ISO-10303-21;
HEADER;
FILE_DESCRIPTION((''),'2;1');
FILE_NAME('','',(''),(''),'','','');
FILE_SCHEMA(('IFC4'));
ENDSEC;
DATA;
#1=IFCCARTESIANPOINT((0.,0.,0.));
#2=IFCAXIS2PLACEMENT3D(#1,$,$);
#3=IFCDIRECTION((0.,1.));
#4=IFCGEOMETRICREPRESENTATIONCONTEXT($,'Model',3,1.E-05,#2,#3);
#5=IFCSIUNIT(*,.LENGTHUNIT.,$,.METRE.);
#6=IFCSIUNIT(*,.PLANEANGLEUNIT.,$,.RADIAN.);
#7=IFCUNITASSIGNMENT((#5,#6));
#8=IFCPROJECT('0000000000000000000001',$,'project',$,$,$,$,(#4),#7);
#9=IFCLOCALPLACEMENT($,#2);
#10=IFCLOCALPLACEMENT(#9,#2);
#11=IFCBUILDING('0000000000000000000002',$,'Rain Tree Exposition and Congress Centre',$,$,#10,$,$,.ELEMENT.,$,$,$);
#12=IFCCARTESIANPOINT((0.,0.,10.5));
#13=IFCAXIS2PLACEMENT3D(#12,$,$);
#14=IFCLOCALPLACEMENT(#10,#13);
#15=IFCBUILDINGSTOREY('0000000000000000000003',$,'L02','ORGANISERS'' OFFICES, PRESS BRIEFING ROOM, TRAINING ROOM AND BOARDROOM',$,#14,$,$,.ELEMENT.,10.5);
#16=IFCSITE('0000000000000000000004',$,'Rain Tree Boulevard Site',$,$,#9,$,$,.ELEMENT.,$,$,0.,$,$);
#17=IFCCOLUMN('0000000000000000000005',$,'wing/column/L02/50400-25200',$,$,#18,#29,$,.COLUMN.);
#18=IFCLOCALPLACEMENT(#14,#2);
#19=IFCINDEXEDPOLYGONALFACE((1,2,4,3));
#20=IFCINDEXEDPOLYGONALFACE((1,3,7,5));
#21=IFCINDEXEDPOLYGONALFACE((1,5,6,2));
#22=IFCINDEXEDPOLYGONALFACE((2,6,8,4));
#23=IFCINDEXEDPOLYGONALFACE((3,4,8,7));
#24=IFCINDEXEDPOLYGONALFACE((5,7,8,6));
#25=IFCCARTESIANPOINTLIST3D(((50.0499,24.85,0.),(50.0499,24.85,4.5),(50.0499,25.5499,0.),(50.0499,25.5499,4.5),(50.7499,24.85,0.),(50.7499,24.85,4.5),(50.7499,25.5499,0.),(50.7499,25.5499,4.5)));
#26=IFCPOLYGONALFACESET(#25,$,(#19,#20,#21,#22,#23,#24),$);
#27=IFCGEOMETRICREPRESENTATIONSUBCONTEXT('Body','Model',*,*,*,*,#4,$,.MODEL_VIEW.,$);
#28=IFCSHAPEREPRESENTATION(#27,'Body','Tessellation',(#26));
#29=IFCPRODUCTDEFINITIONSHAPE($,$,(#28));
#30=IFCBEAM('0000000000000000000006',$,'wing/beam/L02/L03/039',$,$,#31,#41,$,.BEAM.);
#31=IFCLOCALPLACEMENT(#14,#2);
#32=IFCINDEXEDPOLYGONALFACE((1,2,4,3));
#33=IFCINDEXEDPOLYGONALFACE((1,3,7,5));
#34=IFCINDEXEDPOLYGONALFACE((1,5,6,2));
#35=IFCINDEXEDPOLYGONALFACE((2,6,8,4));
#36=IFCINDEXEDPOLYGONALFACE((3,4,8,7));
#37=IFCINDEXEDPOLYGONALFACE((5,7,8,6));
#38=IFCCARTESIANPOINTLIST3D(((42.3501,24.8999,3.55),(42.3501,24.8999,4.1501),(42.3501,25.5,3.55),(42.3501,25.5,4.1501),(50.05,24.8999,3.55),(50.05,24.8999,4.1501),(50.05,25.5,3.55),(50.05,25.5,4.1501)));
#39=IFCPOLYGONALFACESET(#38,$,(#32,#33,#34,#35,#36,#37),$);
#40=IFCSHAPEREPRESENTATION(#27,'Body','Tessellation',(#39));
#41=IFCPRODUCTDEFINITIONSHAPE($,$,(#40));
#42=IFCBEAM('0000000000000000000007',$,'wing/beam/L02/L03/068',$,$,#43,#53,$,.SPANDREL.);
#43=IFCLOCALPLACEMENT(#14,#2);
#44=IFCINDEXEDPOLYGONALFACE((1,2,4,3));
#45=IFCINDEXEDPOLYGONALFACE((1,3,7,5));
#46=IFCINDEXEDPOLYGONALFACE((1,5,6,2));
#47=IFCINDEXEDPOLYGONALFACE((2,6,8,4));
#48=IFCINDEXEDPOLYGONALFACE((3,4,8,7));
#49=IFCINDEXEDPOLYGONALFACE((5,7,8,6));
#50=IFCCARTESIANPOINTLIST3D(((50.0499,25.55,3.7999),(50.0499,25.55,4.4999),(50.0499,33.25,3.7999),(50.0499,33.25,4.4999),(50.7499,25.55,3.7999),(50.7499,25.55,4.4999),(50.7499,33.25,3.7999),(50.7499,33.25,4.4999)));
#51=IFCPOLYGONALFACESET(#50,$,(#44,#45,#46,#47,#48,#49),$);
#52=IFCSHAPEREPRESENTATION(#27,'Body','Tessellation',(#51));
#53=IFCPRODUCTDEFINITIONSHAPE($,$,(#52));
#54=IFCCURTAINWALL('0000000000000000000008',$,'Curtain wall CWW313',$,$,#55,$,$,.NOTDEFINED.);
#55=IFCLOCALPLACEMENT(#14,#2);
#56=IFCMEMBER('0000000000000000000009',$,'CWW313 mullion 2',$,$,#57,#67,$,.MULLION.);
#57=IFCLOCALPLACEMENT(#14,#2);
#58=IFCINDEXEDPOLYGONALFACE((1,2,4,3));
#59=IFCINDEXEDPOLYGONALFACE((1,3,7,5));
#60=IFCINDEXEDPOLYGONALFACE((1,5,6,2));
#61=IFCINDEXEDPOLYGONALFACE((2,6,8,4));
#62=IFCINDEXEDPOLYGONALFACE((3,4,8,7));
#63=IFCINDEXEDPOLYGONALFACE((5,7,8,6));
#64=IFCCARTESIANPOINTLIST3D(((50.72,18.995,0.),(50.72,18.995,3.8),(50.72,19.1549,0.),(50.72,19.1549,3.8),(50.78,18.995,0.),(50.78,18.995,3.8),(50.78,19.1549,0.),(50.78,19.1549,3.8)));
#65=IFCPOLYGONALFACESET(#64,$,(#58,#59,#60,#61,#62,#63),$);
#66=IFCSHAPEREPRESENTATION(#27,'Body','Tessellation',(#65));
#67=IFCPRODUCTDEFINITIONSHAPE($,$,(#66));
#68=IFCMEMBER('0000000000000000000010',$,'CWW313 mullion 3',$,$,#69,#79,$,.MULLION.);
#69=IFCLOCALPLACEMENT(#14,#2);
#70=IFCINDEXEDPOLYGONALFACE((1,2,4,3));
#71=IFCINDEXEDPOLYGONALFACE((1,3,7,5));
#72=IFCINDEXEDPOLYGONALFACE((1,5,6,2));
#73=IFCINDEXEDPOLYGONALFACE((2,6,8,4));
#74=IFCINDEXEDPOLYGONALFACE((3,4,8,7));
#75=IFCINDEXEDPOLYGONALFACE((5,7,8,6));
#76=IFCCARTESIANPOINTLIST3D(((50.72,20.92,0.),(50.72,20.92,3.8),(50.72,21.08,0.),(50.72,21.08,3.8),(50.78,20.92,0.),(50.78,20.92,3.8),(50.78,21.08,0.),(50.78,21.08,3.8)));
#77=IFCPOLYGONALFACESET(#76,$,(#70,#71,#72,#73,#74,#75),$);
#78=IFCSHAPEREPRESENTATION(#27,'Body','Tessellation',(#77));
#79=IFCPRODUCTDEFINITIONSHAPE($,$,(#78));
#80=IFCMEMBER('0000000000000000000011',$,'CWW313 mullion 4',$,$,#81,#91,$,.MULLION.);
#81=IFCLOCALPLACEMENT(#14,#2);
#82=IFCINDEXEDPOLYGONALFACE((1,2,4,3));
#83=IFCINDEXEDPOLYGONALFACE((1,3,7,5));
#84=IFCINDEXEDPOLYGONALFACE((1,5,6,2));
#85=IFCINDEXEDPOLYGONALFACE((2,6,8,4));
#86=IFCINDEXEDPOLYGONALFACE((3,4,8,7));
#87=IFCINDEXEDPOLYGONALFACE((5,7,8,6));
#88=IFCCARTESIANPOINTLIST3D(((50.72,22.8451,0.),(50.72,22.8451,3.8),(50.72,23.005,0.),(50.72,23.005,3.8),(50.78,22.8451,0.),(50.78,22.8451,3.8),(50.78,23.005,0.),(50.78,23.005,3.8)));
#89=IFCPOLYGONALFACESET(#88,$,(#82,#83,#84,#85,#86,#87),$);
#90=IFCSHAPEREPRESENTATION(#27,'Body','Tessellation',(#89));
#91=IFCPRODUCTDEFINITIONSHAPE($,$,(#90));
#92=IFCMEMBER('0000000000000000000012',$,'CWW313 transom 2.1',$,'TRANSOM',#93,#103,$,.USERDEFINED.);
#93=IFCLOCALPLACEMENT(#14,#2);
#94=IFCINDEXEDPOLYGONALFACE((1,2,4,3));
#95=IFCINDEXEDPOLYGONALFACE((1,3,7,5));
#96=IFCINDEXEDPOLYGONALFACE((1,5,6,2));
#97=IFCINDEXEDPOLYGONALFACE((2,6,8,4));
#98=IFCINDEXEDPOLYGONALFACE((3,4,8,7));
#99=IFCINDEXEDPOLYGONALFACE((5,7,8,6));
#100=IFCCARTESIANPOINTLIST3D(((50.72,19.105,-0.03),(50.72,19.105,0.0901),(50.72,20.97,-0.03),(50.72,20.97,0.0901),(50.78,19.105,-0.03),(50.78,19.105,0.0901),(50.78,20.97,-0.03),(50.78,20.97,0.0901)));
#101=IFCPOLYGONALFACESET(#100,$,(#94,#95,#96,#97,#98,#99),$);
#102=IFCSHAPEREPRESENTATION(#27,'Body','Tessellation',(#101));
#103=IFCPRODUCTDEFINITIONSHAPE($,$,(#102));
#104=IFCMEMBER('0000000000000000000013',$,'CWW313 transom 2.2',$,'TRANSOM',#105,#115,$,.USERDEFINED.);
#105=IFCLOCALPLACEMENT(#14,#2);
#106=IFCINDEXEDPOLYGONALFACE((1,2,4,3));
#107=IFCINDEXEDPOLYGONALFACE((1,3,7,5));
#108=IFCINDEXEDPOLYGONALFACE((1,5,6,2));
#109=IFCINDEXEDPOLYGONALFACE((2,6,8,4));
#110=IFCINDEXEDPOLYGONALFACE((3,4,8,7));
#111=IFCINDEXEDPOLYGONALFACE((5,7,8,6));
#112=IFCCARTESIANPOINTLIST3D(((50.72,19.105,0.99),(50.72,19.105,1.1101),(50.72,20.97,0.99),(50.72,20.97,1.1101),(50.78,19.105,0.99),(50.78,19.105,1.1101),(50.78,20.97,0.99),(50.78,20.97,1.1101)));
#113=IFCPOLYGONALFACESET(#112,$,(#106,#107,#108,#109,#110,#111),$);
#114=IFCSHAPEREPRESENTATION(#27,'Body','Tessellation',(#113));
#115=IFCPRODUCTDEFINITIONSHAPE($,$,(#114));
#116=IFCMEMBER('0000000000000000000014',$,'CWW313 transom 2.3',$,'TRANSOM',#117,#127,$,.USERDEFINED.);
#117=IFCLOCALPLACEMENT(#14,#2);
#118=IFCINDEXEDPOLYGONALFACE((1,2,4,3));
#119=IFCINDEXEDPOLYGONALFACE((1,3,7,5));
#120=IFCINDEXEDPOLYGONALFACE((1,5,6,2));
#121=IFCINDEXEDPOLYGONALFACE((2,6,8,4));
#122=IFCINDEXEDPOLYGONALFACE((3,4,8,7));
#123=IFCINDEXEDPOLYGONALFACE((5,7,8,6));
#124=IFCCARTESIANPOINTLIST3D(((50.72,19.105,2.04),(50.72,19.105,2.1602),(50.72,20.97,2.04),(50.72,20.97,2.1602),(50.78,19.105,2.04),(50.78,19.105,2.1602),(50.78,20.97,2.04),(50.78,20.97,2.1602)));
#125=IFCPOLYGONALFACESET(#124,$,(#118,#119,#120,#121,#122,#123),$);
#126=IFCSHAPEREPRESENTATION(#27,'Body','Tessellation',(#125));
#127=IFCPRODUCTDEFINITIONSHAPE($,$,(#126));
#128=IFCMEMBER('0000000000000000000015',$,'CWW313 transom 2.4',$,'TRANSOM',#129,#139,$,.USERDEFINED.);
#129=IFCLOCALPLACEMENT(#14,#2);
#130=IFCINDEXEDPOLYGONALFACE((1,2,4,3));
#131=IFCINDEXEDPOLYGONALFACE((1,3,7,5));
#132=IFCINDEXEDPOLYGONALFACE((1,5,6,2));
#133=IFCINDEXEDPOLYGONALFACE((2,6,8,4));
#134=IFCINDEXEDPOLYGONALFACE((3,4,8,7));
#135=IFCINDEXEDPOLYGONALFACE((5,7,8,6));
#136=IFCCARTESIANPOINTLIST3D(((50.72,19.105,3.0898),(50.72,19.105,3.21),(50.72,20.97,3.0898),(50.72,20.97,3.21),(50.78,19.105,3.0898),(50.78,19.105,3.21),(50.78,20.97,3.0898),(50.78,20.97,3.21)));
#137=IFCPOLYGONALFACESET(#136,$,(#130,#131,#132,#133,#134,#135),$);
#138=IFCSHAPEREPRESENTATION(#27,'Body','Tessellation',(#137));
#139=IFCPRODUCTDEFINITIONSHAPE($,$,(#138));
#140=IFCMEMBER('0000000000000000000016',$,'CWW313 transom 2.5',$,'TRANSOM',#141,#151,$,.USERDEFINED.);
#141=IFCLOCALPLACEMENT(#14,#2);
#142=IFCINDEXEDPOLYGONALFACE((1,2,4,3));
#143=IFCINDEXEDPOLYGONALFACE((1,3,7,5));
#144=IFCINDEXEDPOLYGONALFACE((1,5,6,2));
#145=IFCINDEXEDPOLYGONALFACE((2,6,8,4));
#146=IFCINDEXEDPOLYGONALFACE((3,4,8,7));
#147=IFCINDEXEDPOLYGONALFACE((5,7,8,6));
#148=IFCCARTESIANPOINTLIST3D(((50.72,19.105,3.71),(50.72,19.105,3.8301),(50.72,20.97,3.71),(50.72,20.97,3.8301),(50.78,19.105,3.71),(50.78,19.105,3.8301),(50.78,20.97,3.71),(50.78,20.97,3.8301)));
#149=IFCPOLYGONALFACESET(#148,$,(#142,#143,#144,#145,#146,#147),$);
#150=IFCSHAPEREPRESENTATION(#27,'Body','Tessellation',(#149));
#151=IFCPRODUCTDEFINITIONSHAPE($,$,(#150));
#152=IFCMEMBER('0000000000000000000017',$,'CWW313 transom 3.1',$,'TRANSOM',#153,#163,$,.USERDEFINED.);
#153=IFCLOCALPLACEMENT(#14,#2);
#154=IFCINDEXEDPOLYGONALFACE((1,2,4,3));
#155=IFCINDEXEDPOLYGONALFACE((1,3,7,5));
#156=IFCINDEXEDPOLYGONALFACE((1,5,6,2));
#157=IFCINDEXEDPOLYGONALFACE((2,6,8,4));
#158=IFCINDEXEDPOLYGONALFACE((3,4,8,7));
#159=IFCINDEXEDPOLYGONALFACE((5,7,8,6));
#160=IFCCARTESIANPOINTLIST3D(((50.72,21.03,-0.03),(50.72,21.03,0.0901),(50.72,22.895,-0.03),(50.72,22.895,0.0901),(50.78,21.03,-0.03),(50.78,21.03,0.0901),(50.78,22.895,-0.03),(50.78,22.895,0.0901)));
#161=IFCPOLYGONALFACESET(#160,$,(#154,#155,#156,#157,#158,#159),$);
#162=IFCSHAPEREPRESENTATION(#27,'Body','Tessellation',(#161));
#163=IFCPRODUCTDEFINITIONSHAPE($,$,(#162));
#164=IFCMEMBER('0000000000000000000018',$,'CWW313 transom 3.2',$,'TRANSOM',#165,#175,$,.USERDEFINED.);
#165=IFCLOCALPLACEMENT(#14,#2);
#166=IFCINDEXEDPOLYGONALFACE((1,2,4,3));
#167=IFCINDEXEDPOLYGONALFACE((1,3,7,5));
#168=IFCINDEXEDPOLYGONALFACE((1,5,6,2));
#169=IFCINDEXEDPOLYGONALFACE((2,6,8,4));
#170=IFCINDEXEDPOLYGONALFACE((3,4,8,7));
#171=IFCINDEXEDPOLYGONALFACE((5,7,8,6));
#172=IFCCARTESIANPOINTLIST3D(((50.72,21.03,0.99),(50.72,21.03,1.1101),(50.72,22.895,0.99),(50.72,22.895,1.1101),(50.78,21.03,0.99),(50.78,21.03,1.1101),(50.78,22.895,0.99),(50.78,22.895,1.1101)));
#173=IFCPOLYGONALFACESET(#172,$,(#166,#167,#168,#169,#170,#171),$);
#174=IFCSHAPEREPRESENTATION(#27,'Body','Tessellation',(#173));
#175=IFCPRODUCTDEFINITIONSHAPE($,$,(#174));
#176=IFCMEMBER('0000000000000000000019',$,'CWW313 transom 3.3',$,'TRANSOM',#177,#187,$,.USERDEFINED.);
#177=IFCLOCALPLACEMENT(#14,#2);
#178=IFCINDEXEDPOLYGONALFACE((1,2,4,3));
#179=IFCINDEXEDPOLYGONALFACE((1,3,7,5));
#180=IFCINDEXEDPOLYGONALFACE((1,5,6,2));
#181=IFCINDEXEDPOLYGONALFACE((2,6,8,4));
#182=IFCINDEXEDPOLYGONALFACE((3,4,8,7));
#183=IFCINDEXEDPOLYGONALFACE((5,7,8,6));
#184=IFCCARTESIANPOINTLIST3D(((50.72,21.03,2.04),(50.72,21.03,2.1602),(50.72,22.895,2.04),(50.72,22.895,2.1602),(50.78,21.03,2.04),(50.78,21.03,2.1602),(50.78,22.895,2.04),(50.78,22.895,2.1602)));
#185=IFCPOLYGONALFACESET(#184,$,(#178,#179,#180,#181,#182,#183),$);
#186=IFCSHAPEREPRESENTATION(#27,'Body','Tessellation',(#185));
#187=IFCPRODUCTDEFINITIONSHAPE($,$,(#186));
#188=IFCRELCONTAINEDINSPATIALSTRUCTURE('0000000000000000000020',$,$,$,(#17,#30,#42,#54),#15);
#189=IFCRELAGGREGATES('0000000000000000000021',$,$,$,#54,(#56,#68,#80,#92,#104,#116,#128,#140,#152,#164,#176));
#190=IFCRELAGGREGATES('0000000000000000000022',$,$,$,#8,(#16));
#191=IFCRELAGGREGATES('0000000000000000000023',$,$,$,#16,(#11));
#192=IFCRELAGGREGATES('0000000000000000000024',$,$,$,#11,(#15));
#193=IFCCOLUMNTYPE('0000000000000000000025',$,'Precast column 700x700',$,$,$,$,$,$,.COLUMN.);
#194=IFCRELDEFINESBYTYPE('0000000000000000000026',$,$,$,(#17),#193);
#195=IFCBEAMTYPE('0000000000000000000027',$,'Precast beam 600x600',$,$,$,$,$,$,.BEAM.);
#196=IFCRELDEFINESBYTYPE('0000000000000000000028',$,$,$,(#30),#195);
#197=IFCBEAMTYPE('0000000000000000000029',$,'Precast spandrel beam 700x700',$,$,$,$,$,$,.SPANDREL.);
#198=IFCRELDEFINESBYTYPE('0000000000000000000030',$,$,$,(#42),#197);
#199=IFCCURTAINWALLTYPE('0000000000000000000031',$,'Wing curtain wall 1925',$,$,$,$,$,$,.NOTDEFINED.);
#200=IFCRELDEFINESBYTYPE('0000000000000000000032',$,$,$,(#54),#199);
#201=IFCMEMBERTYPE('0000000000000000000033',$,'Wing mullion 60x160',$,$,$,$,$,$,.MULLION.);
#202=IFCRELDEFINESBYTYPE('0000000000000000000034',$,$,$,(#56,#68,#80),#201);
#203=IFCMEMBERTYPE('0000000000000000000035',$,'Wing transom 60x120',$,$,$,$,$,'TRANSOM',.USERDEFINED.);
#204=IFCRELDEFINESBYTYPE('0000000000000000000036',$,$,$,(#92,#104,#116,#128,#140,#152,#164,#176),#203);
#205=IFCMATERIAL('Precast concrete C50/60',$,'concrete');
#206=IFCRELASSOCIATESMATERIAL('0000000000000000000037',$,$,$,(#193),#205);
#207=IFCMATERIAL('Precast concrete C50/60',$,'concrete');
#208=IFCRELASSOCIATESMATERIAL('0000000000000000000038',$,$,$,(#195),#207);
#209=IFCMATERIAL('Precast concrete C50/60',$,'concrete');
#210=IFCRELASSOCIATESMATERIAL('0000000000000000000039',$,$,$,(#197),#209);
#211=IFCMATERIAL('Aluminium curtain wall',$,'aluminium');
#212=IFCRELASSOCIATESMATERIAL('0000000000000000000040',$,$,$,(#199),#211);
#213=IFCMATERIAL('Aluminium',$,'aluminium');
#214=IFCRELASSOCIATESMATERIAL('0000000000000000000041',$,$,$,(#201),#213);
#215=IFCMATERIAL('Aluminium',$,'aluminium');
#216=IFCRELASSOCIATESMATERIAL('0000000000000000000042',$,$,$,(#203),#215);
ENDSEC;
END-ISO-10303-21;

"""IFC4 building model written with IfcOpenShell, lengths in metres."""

from ifc_helpers import new_model, si_unit, direction, frame, origin, origin_2d, place, context, subcontext, project, spatial, rectangle, extrude, material, material_profile, profile_set, type_object, element, aggregate, save


model = new_model("IFC4")

# Units and contexts
model_context = context("Model", 3, precision=1e-05, world=origin(), true_north=direction((0.0, 1.0)))
body_context = subcontext(model_context, "Body", "Model", "MODEL_VIEW")
ifc_project = project(units=[si_unit("LENGTHUNIT", "METRE"), si_unit("PLANEANGLEUNIT", "RADIAN")], contexts=[model_context])

# Site, building, storey
site_placement = place(None, origin())
site = spatial("IfcSite", under=ifc_project, at=site_placement, Name="Rain Tree Boulevard Site", CompositionType="ELEMENT", RefElevation=0.0)
building_placement = place(site_placement, origin())
building = spatial("IfcBuilding", under=site, at=building_placement, Name="Rain Tree Exposition and Congress Centre", CompositionType="ELEMENT")
storey_placement = place(building_placement, frame((0.0, 0.0, 10.5)))
storey = spatial("IfcBuildingStorey", under=building, at=storey_placement, Name="L02", Description="ORGANISERS' OFFICES, PRESS BRIEFING ROOM, TRAINING ROOM AND BOARDROOM", CompositionType="ELEMENT", Elevation=10.5)

# Column
ifc_material_1 = material(Name="Precast concrete C50/60", Category="concrete")
ifc_material_profile_1 = material_profile(ifc_material_1, rectangle(XDim=0.7, YDim=0.7, at=origin_2d()), Name="RC 700x700")
ifc_profile_set_1 = profile_set([ifc_material_profile_1], Name="Precast concrete C50/60")
column_type = type_object("IfcColumnType", Name="Precast column 700x700", PredefinedType="COLUMN", material=ifc_profile_set_1)
column_placement = place(storey_placement, frame((50.3999, 25.2, 0.0), z_axis=(0.0, 0.0, 1.0), x_axis=(1.0, 0.0, 0.0)))
element("IfcColumn", 1, at=column_placement, inside=storey, type_object=column_type, Name="wing/column/L02/50400-25200", PredefinedType="COLUMN", context=body_context, shape_type="SweptSolid", body=[
    extrude(rectangle(XDim=0.7, YDim=0.7, at=origin_2d()), origin(), (0.0, 0.0, 1.0), 4.5),
])

# Beams
ifc_material_2 = material(Name="Precast concrete C50/60", Category="concrete")
ifc_material_profile_2 = material_profile(ifc_material_2, rectangle(XDim=0.6001, YDim=0.6001, at=origin_2d()), Name="RC 600x600")
ifc_profile_set_2 = profile_set([ifc_material_profile_2], Name="Precast concrete C50/60")
beam_type_1 = type_object("IfcBeamType", Name="Precast beam 600x600", PredefinedType="BEAM", material=ifc_profile_set_2)
beam_1_placement = place(storey_placement, frame((42.3501, 25.2, 3.8501), z_axis=(1.0, 0.0, 0.0), x_axis=(0.0, 1.0, 0.0)))
element("IfcBeam", 2, at=beam_1_placement, inside=storey, type_object=beam_type_1, Name="wing/beam/L02/L03/039", PredefinedType="BEAM", context=body_context, shape_type="SweptSolid", body=[
    extrude(rectangle(XDim=0.6001, YDim=0.6001, at=origin_2d()), origin(), (0.0, 0.0, 1.0), 7.7),
])
ifc_material_3 = material(Name="Precast concrete C50/60", Category="concrete")
ifc_material_profile_3 = material_profile(ifc_material_3, rectangle(XDim=0.7, YDim=0.7, at=origin_2d()), Name="RC 700x700")
ifc_profile_set_3 = profile_set([ifc_material_profile_3], Name="Precast concrete C50/60")
beam_type_2 = type_object("IfcBeamType", Name="Precast spandrel beam 700x700", PredefinedType="SPANDREL", material=ifc_profile_set_3)
beam_2_placement = place(storey_placement, frame((50.3999, 25.55, 4.1499), z_axis=(0.0, 1.0, 0.0), x_axis=(-1.0, 0.0, 0.0)))
element("IfcBeam", 3, at=beam_2_placement, inside=storey, type_object=beam_type_2, Name="wing/beam/L02/L03/068", PredefinedType="SPANDREL", context=body_context, shape_type="SweptSolid", body=[
    extrude(rectangle(XDim=0.7, YDim=0.7, at=origin_2d()), origin(), (0.0, 0.0, 1.0), 7.7),
])

# Curtain wall, members
ifc_material_4 = material(Name="Aluminium curtain wall", Category="aluminium")
curtain_wall_type = type_object("IfcCurtainWallType", Name="Wing curtain wall 1925", PredefinedType="NOTDEFINED", material=ifc_material_4)
curtain_wall_placement = place(storey_placement, origin())
curtain_wall = element("IfcCurtainWall", 4, at=curtain_wall_placement, inside=storey, type_object=curtain_wall_type, Name="Curtain wall CWW313", PredefinedType="NOTDEFINED")
ifc_material_5 = material(Name="Aluminium", Category="aluminium")
ifc_material_profile_4 = material_profile(ifc_material_5, rectangle(XDim=0.0601, YDim=0.1599, at=origin_2d()), Name="Aluminium 60x160")
ifc_profile_set_4 = profile_set([ifc_material_profile_4], Name="Aluminium")
member_type_1 = type_object("IfcMemberType", Name="Wing mullion 60x160", PredefinedType="MULLION", material=ifc_profile_set_4)
member_1_placement = place(storey_placement, frame((50.75, 19.075, 0.0), z_axis=(0.0, 0.0, 1.0), x_axis=(-1.0, 0.0, 0.0)))
member_1 = element("IfcMember", 5, at=member_1_placement, type_object=member_type_1, Name="CWW313 mullion 2", PredefinedType="MULLION", context=body_context, shape_type="SweptSolid", body=[
    extrude(rectangle(XDim=0.0601, YDim=0.1599, at=origin_2d()), origin(), (0.0, 0.0, 1.0), 3.8),
])
member_2_placement = place(storey_placement, frame((50.75, 21.0, 0.0), z_axis=(0.0, 0.0, 1.0), x_axis=(-1.0, 0.0, 0.0)))
member_2 = element("IfcMember", 6, at=member_2_placement, type_object=member_type_1, Name="CWW313 mullion 3", PredefinedType="MULLION", context=body_context, shape_type="SweptSolid", body=[
    extrude(rectangle(XDim=0.0601, YDim=0.1599, at=origin_2d()), origin(), (0.0, 0.0, 1.0), 3.8),
])
member_3_placement = place(storey_placement, frame((50.75, 22.925, 0.0), z_axis=(0.0, 0.0, 1.0), x_axis=(-1.0, 0.0, 0.0)))
member_3 = element("IfcMember", 7, at=member_3_placement, type_object=member_type_1, Name="CWW313 mullion 4", PredefinedType="MULLION", context=body_context, shape_type="SweptSolid", body=[
    extrude(rectangle(XDim=0.0601, YDim=0.1599, at=origin_2d()), origin(), (0.0, 0.0, 1.0), 3.8),
])
ifc_material_6 = material(Name="Aluminium", Category="aluminium")
ifc_material_profile_5 = material_profile(ifc_material_6, rectangle(XDim=0.0601, YDim=0.1201, at=origin_2d()), Name="Aluminium 60x120")
ifc_profile_set_5 = profile_set([ifc_material_profile_5], Name="Aluminium")
member_type_2 = type_object("IfcMemberType", Name="Wing transom 60x120", ElementType="TRANSOM", PredefinedType="USERDEFINED", material=ifc_profile_set_5)
member_4_placement = place(storey_placement, frame((50.75, 19.105, 0.03), z_axis=(0.0, 1.0, 0.0), x_axis=(-1.0, 0.0, 0.0)))
member_4 = element("IfcMember", 8, at=member_4_placement, type_object=member_type_2, Name="CWW313 transom 2.1", ObjectType="TRANSOM", PredefinedType="USERDEFINED", context=body_context, shape_type="SweptSolid", body=[
    extrude(rectangle(XDim=0.0601, YDim=0.1201, at=origin_2d()), origin(), (0.0, 0.0, 1.0), 1.865),
])
member_5_placement = place(storey_placement, frame((50.75, 19.105, 1.05), z_axis=(0.0, 1.0, 0.0), x_axis=(-1.0, 0.0, 0.0)))
member_5 = element("IfcMember", 9, at=member_5_placement, type_object=member_type_2, Name="CWW313 transom 2.2", ObjectType="TRANSOM", PredefinedType="USERDEFINED", context=body_context, shape_type="SweptSolid", body=[
    extrude(rectangle(XDim=0.0601, YDim=0.1201, at=origin_2d()), origin(), (0.0, 0.0, 1.0), 1.865),
])
member_6_placement = place(storey_placement, frame((50.75, 19.105, 2.1001), z_axis=(0.0, 1.0, 0.0), x_axis=(-1.0, 0.0, 0.0)))
member_6 = element("IfcMember", 10, at=member_6_placement, type_object=member_type_2, Name="CWW313 transom 2.3", ObjectType="TRANSOM", PredefinedType="USERDEFINED", context=body_context, shape_type="SweptSolid", body=[
    extrude(rectangle(XDim=0.0601, YDim=0.1201, at=origin_2d()), origin(), (0.0, 0.0, 1.0), 1.865),
])
member_7_placement = place(storey_placement, frame((50.75, 19.105, 3.1499), z_axis=(0.0, 1.0, 0.0), x_axis=(-1.0, 0.0, 0.0)))
member_7 = element("IfcMember", 11, at=member_7_placement, type_object=member_type_2, Name="CWW313 transom 2.4", ObjectType="TRANSOM", PredefinedType="USERDEFINED", context=body_context, shape_type="SweptSolid", body=[
    extrude(rectangle(XDim=0.0601, YDim=0.1201, at=origin_2d()), origin(), (0.0, 0.0, 1.0), 1.865),
])
member_8_placement = place(storey_placement, frame((50.75, 19.105, 3.77), z_axis=(0.0, 1.0, 0.0), x_axis=(-1.0, 0.0, 0.0)))
member_8 = element("IfcMember", 12, at=member_8_placement, type_object=member_type_2, Name="CWW313 transom 2.5", ObjectType="TRANSOM", PredefinedType="USERDEFINED", context=body_context, shape_type="SweptSolid", body=[
    extrude(rectangle(XDim=0.0601, YDim=0.1201, at=origin_2d()), origin(), (0.0, 0.0, 1.0), 1.865),
])
member_9_placement = place(storey_placement, frame((50.75, 21.03, 0.03), z_axis=(0.0, 1.0, 0.0), x_axis=(-1.0, 0.0, 0.0)))
member_9 = element("IfcMember", 13, at=member_9_placement, type_object=member_type_2, Name="CWW313 transom 3.1", ObjectType="TRANSOM", PredefinedType="USERDEFINED", context=body_context, shape_type="SweptSolid", body=[
    extrude(rectangle(XDim=0.0601, YDim=0.1201, at=origin_2d()), origin(), (0.0, 0.0, 1.0), 1.865),
])
member_10_placement = place(storey_placement, frame((50.75, 21.03, 1.05), z_axis=(0.0, 1.0, 0.0), x_axis=(-1.0, 0.0, 0.0)))
member_10 = element("IfcMember", 14, at=member_10_placement, type_object=member_type_2, Name="CWW313 transom 3.2", ObjectType="TRANSOM", PredefinedType="USERDEFINED", context=body_context, shape_type="SweptSolid", body=[
    extrude(rectangle(XDim=0.0601, YDim=0.1201, at=origin_2d()), origin(), (0.0, 0.0, 1.0), 1.865),
])
member_11_placement = place(storey_placement, frame((50.75, 21.03, 2.1001), z_axis=(0.0, 1.0, 0.0), x_axis=(-1.0, 0.0, 0.0)))
member_11 = element("IfcMember", 15, at=member_11_placement, type_object=member_type_2, Name="CWW313 transom 3.3", ObjectType="TRANSOM", PredefinedType="USERDEFINED", context=body_context, shape_type="SweptSolid", body=[
    extrude(rectangle(XDim=0.0601, YDim=0.1201, at=origin_2d()), origin(), (0.0, 0.0, 1.0), 1.865),
])
aggregate(curtain_wall, [member_1, member_2, member_3, member_4, member_5, member_6, member_7, member_8, member_9, member_10, member_11])

save(model, "model.ifc")
